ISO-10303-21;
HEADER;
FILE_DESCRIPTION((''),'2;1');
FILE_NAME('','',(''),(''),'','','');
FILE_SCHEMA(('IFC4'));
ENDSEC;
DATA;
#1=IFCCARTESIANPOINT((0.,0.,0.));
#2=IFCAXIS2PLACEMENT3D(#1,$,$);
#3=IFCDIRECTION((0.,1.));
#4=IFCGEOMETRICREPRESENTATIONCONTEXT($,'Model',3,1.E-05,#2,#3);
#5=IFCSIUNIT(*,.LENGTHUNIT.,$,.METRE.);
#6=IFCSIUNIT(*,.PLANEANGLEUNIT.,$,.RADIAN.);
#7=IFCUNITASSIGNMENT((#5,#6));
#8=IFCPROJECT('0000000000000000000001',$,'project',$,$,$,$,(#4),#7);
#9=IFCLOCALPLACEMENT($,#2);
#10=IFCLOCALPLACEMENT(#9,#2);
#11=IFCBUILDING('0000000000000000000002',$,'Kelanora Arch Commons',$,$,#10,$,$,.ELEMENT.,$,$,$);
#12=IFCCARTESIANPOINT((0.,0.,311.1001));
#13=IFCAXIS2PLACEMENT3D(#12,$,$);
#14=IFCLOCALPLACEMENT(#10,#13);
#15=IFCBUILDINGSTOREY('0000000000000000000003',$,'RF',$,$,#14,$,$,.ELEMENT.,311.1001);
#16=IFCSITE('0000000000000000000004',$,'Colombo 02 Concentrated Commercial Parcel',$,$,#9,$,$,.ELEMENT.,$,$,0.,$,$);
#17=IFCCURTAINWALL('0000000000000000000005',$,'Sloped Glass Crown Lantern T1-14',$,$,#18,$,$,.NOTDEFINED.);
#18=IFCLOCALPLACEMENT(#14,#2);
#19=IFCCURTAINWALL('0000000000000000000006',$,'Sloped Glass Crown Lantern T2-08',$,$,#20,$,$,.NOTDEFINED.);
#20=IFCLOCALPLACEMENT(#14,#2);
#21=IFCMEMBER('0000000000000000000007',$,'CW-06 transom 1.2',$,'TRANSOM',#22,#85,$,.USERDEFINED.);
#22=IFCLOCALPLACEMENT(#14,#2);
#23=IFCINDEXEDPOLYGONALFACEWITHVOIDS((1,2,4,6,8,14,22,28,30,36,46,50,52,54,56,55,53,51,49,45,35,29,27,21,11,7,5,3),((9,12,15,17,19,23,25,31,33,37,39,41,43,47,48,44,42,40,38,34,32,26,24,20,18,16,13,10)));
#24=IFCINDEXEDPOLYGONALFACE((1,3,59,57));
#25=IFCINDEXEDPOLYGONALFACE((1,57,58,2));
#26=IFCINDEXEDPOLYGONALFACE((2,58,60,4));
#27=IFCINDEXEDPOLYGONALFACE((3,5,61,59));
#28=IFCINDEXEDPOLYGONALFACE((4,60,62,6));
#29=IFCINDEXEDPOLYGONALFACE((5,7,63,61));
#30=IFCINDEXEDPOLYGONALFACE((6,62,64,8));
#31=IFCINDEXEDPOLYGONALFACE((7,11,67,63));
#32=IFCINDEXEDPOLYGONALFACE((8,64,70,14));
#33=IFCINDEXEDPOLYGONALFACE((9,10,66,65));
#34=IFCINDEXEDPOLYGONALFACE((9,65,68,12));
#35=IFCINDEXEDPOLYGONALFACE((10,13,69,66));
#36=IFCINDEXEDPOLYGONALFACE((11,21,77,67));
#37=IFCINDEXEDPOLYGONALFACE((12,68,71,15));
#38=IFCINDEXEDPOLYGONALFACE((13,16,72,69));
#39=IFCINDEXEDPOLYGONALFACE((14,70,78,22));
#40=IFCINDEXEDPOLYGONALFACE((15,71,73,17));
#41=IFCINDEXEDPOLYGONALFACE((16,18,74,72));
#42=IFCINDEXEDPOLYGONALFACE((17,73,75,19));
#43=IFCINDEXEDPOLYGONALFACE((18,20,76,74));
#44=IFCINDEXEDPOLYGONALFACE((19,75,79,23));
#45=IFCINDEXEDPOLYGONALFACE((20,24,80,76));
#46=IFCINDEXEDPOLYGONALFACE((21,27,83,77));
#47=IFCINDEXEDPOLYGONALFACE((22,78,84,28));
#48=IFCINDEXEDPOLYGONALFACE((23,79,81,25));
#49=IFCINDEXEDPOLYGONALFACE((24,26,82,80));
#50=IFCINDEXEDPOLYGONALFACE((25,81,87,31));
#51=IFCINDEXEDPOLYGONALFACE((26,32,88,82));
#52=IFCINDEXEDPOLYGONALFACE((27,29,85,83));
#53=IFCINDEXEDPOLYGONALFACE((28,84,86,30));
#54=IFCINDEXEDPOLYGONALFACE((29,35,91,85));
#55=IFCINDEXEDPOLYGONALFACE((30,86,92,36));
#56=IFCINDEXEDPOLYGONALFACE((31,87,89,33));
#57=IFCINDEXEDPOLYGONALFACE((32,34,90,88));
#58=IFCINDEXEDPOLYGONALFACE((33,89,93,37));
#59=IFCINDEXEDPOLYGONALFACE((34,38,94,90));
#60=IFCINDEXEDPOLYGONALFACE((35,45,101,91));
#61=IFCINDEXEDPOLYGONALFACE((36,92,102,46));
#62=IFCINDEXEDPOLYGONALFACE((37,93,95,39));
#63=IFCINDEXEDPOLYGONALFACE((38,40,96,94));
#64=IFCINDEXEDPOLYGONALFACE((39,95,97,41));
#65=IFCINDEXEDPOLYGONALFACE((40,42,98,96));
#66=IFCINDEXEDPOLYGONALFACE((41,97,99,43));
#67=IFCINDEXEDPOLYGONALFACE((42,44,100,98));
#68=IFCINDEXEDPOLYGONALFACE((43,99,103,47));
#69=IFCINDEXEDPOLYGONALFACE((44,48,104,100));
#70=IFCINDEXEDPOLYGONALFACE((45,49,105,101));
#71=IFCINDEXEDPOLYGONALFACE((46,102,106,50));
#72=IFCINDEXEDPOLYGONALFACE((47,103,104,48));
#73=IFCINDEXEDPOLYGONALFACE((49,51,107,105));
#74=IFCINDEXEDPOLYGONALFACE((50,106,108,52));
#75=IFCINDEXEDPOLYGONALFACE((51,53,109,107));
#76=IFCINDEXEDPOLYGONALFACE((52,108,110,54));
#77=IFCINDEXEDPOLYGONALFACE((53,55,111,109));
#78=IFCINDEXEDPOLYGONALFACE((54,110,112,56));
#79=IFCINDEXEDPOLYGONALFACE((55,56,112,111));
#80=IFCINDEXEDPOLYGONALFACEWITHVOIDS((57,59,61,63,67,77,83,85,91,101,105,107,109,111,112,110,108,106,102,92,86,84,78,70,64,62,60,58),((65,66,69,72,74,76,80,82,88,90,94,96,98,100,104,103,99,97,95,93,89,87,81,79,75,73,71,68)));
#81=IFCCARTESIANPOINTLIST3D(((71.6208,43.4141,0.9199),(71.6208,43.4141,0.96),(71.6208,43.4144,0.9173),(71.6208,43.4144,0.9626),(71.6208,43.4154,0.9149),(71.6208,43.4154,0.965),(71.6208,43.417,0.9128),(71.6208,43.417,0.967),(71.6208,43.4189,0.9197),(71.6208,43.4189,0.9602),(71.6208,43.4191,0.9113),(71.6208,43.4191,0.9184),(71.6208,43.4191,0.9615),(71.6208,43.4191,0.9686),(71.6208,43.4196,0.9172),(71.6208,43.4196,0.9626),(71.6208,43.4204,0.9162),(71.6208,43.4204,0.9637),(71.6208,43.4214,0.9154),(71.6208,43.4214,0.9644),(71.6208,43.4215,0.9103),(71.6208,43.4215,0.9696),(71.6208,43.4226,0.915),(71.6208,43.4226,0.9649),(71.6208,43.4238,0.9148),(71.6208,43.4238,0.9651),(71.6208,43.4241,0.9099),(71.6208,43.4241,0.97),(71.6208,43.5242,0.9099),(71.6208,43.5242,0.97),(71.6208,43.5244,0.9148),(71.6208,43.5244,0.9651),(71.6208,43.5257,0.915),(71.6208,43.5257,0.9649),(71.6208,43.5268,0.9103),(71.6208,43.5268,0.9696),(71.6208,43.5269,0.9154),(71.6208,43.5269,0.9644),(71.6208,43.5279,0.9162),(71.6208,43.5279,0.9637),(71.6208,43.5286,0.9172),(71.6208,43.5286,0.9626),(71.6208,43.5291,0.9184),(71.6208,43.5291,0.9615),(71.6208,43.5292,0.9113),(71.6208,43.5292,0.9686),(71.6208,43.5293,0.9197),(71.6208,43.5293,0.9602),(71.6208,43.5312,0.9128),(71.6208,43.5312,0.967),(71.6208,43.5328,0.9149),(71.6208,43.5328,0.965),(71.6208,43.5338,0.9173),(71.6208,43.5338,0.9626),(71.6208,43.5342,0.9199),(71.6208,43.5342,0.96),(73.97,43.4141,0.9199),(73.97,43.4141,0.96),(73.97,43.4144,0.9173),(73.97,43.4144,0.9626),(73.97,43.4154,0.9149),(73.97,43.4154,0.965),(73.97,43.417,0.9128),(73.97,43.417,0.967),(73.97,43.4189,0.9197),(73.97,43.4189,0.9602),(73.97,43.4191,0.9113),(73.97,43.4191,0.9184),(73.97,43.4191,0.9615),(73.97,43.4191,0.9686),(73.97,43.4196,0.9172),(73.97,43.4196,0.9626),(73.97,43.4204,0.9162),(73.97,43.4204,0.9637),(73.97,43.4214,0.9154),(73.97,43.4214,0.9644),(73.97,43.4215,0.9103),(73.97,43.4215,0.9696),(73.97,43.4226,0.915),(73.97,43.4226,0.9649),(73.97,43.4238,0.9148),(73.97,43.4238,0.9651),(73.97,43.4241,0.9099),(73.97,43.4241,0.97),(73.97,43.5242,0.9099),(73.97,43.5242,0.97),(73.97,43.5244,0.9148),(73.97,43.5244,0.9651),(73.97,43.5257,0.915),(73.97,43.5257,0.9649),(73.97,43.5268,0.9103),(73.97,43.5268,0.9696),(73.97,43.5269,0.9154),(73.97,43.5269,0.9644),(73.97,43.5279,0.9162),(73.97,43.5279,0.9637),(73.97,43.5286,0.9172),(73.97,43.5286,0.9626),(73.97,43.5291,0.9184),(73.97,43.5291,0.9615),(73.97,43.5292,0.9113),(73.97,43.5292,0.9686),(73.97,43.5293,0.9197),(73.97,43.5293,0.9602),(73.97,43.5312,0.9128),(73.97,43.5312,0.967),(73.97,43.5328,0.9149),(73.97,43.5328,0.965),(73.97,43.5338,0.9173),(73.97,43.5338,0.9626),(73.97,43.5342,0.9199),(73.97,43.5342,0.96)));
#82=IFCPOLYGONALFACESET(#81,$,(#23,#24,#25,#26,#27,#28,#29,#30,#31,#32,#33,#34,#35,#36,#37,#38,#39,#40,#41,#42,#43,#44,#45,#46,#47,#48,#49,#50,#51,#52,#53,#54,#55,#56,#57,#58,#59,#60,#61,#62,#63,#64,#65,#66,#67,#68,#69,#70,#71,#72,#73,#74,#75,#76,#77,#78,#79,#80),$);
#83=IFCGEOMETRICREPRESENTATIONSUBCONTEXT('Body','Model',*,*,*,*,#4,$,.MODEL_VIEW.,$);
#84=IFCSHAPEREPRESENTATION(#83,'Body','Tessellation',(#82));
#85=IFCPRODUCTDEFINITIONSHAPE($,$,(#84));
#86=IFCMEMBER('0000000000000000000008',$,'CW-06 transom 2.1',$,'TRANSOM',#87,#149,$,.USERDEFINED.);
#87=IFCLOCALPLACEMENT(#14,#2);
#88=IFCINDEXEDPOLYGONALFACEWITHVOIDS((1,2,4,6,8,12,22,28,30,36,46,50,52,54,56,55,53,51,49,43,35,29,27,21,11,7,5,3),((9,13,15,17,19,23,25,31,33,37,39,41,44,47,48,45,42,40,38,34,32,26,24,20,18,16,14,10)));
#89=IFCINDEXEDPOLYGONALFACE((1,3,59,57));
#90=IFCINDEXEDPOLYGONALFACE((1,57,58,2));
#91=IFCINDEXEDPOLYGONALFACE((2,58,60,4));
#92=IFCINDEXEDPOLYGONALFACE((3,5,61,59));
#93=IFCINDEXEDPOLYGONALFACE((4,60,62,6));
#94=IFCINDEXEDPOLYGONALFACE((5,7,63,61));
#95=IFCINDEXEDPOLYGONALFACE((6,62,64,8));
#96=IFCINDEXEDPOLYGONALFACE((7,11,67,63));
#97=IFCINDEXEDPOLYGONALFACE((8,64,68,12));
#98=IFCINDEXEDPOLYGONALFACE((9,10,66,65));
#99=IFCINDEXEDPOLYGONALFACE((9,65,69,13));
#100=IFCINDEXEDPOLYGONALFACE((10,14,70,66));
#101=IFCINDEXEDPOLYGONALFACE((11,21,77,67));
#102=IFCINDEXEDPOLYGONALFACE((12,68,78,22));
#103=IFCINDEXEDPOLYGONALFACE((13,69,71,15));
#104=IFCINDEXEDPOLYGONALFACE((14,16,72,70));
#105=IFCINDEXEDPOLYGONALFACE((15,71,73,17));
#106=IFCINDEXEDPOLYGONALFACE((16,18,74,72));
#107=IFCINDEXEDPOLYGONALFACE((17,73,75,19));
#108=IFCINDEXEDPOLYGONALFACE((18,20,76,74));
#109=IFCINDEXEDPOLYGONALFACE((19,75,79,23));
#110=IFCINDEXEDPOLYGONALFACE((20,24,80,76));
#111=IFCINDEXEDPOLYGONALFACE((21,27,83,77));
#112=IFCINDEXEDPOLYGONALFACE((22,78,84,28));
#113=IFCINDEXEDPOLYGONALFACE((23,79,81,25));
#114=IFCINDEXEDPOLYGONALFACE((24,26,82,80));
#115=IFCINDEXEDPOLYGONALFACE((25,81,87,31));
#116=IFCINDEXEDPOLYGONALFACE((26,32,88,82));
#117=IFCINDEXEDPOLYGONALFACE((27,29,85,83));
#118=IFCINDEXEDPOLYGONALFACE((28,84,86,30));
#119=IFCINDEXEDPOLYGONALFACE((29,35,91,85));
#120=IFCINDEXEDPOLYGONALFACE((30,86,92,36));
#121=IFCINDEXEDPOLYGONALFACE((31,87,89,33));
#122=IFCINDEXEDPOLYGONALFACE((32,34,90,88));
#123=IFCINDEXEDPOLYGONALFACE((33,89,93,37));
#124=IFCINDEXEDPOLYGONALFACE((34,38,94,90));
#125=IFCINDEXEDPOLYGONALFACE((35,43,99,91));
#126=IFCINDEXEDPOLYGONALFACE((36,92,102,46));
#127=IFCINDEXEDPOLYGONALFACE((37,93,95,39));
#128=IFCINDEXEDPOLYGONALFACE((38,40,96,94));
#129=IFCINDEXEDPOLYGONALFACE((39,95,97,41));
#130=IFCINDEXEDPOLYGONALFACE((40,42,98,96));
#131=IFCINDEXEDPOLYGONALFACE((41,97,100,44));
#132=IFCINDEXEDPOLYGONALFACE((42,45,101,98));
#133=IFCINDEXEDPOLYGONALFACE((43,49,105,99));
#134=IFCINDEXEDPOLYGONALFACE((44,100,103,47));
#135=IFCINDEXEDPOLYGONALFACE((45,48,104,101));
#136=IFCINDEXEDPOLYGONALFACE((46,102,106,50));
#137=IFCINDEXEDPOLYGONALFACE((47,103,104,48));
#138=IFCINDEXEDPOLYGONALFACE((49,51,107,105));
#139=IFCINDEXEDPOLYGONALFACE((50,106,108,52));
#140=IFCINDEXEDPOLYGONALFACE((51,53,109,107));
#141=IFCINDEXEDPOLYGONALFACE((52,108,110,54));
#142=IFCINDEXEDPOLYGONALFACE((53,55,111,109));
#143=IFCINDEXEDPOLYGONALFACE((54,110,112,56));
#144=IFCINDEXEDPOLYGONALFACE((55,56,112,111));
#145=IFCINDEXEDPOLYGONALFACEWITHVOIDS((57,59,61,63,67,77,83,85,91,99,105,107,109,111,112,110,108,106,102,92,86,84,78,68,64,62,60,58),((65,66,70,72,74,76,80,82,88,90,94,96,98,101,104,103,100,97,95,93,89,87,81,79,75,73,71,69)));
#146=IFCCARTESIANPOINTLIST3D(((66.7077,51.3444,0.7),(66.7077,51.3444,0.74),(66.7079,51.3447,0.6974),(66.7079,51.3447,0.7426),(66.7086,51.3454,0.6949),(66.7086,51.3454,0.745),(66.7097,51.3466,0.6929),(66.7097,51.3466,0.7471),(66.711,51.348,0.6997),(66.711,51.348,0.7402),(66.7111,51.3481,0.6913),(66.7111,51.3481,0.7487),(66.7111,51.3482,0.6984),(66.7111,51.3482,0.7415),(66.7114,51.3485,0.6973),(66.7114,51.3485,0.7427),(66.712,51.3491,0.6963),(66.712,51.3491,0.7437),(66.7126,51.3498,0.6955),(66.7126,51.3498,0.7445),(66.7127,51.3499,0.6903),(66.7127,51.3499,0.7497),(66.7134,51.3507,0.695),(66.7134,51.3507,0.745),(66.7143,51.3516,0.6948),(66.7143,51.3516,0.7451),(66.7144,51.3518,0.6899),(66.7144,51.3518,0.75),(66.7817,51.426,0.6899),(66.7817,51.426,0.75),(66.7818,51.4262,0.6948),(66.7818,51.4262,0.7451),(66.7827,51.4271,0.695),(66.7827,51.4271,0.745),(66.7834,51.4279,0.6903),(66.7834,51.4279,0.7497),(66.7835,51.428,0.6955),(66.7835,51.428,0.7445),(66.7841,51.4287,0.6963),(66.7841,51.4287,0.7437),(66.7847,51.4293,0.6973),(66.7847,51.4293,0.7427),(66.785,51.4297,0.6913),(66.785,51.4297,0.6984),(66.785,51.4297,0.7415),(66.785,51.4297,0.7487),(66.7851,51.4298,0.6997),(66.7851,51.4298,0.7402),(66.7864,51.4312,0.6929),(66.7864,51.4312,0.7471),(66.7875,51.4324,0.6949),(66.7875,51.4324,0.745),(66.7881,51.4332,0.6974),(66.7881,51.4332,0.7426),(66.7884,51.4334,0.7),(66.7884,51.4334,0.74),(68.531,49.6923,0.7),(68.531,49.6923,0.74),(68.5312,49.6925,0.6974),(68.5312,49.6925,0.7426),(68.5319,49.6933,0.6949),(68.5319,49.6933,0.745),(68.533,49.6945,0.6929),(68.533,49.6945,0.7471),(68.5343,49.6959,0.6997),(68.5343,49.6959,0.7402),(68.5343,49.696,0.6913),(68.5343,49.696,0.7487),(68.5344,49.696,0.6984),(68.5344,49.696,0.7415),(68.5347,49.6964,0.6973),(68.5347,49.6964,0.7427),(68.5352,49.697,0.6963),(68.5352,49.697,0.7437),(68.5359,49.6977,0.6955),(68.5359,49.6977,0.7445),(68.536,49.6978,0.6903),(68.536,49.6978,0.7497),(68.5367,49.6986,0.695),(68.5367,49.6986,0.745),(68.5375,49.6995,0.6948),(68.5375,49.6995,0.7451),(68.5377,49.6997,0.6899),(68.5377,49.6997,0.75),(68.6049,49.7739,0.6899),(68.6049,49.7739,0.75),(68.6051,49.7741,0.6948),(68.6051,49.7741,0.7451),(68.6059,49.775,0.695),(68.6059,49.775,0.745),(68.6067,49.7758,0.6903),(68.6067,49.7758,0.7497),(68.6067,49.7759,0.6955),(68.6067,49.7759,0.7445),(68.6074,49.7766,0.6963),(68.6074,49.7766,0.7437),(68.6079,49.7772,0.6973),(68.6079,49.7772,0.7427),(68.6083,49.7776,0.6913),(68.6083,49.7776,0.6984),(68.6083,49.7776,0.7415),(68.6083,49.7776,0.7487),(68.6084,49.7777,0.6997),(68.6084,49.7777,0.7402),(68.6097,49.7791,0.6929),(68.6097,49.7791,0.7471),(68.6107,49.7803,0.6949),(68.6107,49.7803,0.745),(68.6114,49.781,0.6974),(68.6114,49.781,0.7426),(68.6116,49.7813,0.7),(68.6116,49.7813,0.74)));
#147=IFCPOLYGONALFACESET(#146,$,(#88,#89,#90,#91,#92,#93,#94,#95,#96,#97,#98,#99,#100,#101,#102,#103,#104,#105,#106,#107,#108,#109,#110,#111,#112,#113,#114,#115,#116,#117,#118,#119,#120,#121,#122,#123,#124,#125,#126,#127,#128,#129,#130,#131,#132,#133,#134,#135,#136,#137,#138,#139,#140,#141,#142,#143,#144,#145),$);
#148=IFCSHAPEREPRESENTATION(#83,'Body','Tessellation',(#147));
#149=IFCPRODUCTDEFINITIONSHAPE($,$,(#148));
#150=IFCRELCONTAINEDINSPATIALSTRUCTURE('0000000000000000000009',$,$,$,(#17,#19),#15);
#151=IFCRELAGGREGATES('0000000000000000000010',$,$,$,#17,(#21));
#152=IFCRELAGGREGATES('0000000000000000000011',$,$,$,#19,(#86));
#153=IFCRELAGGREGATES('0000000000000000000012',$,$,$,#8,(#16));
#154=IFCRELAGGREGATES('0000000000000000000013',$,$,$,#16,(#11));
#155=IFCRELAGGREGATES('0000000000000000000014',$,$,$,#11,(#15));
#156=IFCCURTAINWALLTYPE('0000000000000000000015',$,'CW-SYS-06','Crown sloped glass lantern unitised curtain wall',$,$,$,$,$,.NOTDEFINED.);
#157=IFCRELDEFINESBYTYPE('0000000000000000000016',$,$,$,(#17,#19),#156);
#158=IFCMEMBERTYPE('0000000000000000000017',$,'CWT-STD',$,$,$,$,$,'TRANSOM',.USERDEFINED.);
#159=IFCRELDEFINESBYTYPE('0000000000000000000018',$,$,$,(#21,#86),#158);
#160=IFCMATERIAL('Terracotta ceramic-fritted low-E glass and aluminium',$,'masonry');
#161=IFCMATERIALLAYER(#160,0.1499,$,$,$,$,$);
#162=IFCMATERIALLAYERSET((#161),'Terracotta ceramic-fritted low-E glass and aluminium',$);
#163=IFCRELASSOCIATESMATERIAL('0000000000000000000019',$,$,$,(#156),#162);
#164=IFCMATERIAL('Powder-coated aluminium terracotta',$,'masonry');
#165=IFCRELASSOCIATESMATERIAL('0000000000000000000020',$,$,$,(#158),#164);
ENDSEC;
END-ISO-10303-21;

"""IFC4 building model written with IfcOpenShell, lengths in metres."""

from ifc_helpers import new_model, si_unit, direction, frame, origin, origin_2d, place, context, subcontext, project, spatial, hollow_rectangle, extrude, material, layer, layer_set, material_profile, profile_set, type_object, element, aggregate, save


model = new_model("IFC4")

# Units and contexts
model_context = context("Model", 3, precision=1e-05, world=origin(), true_north=direction((0.0, 1.0)))
body_context = subcontext(model_context, "Body", "Model", "MODEL_VIEW")
ifc_project = project(units=[si_unit("LENGTHUNIT", "METRE"), si_unit("PLANEANGLEUNIT", "RADIAN")], contexts=[model_context])

# Site, building, storey
site_placement = place(None, origin())
site = spatial("IfcSite", under=ifc_project, at=site_placement, Name="Colombo 02 Concentrated Commercial Parcel", CompositionType="ELEMENT", RefElevation=0.0)
building_placement = place(site_placement, origin())
building = spatial("IfcBuilding", under=site, at=building_placement, Name="Kelanora Arch Commons", CompositionType="ELEMENT")
storey_placement = place(building_placement, frame((0.0, 0.0, 311.1001)))
storey = spatial("IfcBuildingStorey", under=building, at=storey_placement, Name="RF", CompositionType="ELEMENT", Elevation=311.1001)

# Shared definitions
ifc_material_1 = material(Name="Terracotta ceramic-fritted low-E glass and aluminium", Category="masonry")
ifc_layer_1 = layer(ifc_material_1, 0.1499)
ifc_layer_set_1 = layer_set([ifc_layer_1], Name="Terracotta ceramic-fritted low-E glass and aluminium")
curtain_wall_type = type_object("IfcCurtainWallType", Name="CW-SYS-06", Description="Crown sloped glass lantern unitised curtain wall", PredefinedType="NOTDEFINED", material=ifc_layer_set_1)
ifc_material_2 = material(Name="Powder-coated aluminium terracotta", Category="masonry")

# Curtain wall
curtain_wall_1_placement = place(storey_placement, origin())
curtain_wall_1 = element("IfcCurtainWall", 1, at=curtain_wall_1_placement, inside=storey, type_object=curtain_wall_type, Name="Sloped Glass Crown Lantern T1-14", PredefinedType="NOTDEFINED")

# Curtain wall
curtain_wall_2_placement = place(storey_placement, origin())
curtain_wall_2 = element("IfcCurtainWall", 2, at=curtain_wall_2_placement, inside=storey, type_object=curtain_wall_type, Name="Sloped Glass Crown Lantern T2-08", PredefinedType="NOTDEFINED")

# Members
ifc_material_profile_1 = material_profile(ifc_material_2, hollow_rectangle(XDim=0.1201, YDim=0.0601, WallThickness=0.0049, InnerFilletRadius=0.0049, OuterFilletRadius=0.01, at=origin_2d()), Name="CWT120x60")
ifc_profile_set_1 = profile_set([ifc_material_profile_1], Name="Powder-coated aluminium terracotta")
member_type_1 = type_object("IfcMemberType", Name="CWT-STD", ElementType="TRANSOM", PredefinedType="USERDEFINED", material=ifc_profile_set_1)
member_1_placement = place(storey_placement, frame((71.6208, 43.4741, 0.9399), z_axis=(1.0, 0.0, 0.0), x_axis=(0.0, 1.0, 0.0)))
member_1 = element("IfcMember", 3, at=member_1_placement, type_object=member_type_1, Name="CW-06 transom 1.2", ObjectType="TRANSOM", PredefinedType="USERDEFINED", context=body_context, shape_type="SweptSolid", body=[
    extrude(hollow_rectangle(XDim=0.1201, YDim=0.0601, WallThickness=0.0049, InnerFilletRadius=0.0049, OuterFilletRadius=0.01, at=origin_2d()), origin(), (0.0, 0.0, 1.0), 2.3491),
])
member_2_placement = place(storey_placement, frame((66.748, 51.3889, 0.72), z_axis=(0.74103, -0.671472, 0.0), x_axis=(0.671472, 0.74103, 0.0)))
member_2 = element("IfcMember", 4, at=member_2_placement, type_object=member_type_1, Name="CW-06 transom 2.1", ObjectType="TRANSOM", PredefinedType="USERDEFINED", context=body_context, shape_type="SweptSolid", body=[
    extrude(hollow_rectangle(XDim=0.1201, YDim=0.0601, WallThickness=0.0049, InnerFilletRadius=0.0049, OuterFilletRadius=0.01, at=origin_2d()), origin(), (0.0, 0.0, 1.0), 2.4604),
])

aggregate(curtain_wall_1, [member_1])
aggregate(curtain_wall_2, [member_2])

save(model, "model.ifc")
